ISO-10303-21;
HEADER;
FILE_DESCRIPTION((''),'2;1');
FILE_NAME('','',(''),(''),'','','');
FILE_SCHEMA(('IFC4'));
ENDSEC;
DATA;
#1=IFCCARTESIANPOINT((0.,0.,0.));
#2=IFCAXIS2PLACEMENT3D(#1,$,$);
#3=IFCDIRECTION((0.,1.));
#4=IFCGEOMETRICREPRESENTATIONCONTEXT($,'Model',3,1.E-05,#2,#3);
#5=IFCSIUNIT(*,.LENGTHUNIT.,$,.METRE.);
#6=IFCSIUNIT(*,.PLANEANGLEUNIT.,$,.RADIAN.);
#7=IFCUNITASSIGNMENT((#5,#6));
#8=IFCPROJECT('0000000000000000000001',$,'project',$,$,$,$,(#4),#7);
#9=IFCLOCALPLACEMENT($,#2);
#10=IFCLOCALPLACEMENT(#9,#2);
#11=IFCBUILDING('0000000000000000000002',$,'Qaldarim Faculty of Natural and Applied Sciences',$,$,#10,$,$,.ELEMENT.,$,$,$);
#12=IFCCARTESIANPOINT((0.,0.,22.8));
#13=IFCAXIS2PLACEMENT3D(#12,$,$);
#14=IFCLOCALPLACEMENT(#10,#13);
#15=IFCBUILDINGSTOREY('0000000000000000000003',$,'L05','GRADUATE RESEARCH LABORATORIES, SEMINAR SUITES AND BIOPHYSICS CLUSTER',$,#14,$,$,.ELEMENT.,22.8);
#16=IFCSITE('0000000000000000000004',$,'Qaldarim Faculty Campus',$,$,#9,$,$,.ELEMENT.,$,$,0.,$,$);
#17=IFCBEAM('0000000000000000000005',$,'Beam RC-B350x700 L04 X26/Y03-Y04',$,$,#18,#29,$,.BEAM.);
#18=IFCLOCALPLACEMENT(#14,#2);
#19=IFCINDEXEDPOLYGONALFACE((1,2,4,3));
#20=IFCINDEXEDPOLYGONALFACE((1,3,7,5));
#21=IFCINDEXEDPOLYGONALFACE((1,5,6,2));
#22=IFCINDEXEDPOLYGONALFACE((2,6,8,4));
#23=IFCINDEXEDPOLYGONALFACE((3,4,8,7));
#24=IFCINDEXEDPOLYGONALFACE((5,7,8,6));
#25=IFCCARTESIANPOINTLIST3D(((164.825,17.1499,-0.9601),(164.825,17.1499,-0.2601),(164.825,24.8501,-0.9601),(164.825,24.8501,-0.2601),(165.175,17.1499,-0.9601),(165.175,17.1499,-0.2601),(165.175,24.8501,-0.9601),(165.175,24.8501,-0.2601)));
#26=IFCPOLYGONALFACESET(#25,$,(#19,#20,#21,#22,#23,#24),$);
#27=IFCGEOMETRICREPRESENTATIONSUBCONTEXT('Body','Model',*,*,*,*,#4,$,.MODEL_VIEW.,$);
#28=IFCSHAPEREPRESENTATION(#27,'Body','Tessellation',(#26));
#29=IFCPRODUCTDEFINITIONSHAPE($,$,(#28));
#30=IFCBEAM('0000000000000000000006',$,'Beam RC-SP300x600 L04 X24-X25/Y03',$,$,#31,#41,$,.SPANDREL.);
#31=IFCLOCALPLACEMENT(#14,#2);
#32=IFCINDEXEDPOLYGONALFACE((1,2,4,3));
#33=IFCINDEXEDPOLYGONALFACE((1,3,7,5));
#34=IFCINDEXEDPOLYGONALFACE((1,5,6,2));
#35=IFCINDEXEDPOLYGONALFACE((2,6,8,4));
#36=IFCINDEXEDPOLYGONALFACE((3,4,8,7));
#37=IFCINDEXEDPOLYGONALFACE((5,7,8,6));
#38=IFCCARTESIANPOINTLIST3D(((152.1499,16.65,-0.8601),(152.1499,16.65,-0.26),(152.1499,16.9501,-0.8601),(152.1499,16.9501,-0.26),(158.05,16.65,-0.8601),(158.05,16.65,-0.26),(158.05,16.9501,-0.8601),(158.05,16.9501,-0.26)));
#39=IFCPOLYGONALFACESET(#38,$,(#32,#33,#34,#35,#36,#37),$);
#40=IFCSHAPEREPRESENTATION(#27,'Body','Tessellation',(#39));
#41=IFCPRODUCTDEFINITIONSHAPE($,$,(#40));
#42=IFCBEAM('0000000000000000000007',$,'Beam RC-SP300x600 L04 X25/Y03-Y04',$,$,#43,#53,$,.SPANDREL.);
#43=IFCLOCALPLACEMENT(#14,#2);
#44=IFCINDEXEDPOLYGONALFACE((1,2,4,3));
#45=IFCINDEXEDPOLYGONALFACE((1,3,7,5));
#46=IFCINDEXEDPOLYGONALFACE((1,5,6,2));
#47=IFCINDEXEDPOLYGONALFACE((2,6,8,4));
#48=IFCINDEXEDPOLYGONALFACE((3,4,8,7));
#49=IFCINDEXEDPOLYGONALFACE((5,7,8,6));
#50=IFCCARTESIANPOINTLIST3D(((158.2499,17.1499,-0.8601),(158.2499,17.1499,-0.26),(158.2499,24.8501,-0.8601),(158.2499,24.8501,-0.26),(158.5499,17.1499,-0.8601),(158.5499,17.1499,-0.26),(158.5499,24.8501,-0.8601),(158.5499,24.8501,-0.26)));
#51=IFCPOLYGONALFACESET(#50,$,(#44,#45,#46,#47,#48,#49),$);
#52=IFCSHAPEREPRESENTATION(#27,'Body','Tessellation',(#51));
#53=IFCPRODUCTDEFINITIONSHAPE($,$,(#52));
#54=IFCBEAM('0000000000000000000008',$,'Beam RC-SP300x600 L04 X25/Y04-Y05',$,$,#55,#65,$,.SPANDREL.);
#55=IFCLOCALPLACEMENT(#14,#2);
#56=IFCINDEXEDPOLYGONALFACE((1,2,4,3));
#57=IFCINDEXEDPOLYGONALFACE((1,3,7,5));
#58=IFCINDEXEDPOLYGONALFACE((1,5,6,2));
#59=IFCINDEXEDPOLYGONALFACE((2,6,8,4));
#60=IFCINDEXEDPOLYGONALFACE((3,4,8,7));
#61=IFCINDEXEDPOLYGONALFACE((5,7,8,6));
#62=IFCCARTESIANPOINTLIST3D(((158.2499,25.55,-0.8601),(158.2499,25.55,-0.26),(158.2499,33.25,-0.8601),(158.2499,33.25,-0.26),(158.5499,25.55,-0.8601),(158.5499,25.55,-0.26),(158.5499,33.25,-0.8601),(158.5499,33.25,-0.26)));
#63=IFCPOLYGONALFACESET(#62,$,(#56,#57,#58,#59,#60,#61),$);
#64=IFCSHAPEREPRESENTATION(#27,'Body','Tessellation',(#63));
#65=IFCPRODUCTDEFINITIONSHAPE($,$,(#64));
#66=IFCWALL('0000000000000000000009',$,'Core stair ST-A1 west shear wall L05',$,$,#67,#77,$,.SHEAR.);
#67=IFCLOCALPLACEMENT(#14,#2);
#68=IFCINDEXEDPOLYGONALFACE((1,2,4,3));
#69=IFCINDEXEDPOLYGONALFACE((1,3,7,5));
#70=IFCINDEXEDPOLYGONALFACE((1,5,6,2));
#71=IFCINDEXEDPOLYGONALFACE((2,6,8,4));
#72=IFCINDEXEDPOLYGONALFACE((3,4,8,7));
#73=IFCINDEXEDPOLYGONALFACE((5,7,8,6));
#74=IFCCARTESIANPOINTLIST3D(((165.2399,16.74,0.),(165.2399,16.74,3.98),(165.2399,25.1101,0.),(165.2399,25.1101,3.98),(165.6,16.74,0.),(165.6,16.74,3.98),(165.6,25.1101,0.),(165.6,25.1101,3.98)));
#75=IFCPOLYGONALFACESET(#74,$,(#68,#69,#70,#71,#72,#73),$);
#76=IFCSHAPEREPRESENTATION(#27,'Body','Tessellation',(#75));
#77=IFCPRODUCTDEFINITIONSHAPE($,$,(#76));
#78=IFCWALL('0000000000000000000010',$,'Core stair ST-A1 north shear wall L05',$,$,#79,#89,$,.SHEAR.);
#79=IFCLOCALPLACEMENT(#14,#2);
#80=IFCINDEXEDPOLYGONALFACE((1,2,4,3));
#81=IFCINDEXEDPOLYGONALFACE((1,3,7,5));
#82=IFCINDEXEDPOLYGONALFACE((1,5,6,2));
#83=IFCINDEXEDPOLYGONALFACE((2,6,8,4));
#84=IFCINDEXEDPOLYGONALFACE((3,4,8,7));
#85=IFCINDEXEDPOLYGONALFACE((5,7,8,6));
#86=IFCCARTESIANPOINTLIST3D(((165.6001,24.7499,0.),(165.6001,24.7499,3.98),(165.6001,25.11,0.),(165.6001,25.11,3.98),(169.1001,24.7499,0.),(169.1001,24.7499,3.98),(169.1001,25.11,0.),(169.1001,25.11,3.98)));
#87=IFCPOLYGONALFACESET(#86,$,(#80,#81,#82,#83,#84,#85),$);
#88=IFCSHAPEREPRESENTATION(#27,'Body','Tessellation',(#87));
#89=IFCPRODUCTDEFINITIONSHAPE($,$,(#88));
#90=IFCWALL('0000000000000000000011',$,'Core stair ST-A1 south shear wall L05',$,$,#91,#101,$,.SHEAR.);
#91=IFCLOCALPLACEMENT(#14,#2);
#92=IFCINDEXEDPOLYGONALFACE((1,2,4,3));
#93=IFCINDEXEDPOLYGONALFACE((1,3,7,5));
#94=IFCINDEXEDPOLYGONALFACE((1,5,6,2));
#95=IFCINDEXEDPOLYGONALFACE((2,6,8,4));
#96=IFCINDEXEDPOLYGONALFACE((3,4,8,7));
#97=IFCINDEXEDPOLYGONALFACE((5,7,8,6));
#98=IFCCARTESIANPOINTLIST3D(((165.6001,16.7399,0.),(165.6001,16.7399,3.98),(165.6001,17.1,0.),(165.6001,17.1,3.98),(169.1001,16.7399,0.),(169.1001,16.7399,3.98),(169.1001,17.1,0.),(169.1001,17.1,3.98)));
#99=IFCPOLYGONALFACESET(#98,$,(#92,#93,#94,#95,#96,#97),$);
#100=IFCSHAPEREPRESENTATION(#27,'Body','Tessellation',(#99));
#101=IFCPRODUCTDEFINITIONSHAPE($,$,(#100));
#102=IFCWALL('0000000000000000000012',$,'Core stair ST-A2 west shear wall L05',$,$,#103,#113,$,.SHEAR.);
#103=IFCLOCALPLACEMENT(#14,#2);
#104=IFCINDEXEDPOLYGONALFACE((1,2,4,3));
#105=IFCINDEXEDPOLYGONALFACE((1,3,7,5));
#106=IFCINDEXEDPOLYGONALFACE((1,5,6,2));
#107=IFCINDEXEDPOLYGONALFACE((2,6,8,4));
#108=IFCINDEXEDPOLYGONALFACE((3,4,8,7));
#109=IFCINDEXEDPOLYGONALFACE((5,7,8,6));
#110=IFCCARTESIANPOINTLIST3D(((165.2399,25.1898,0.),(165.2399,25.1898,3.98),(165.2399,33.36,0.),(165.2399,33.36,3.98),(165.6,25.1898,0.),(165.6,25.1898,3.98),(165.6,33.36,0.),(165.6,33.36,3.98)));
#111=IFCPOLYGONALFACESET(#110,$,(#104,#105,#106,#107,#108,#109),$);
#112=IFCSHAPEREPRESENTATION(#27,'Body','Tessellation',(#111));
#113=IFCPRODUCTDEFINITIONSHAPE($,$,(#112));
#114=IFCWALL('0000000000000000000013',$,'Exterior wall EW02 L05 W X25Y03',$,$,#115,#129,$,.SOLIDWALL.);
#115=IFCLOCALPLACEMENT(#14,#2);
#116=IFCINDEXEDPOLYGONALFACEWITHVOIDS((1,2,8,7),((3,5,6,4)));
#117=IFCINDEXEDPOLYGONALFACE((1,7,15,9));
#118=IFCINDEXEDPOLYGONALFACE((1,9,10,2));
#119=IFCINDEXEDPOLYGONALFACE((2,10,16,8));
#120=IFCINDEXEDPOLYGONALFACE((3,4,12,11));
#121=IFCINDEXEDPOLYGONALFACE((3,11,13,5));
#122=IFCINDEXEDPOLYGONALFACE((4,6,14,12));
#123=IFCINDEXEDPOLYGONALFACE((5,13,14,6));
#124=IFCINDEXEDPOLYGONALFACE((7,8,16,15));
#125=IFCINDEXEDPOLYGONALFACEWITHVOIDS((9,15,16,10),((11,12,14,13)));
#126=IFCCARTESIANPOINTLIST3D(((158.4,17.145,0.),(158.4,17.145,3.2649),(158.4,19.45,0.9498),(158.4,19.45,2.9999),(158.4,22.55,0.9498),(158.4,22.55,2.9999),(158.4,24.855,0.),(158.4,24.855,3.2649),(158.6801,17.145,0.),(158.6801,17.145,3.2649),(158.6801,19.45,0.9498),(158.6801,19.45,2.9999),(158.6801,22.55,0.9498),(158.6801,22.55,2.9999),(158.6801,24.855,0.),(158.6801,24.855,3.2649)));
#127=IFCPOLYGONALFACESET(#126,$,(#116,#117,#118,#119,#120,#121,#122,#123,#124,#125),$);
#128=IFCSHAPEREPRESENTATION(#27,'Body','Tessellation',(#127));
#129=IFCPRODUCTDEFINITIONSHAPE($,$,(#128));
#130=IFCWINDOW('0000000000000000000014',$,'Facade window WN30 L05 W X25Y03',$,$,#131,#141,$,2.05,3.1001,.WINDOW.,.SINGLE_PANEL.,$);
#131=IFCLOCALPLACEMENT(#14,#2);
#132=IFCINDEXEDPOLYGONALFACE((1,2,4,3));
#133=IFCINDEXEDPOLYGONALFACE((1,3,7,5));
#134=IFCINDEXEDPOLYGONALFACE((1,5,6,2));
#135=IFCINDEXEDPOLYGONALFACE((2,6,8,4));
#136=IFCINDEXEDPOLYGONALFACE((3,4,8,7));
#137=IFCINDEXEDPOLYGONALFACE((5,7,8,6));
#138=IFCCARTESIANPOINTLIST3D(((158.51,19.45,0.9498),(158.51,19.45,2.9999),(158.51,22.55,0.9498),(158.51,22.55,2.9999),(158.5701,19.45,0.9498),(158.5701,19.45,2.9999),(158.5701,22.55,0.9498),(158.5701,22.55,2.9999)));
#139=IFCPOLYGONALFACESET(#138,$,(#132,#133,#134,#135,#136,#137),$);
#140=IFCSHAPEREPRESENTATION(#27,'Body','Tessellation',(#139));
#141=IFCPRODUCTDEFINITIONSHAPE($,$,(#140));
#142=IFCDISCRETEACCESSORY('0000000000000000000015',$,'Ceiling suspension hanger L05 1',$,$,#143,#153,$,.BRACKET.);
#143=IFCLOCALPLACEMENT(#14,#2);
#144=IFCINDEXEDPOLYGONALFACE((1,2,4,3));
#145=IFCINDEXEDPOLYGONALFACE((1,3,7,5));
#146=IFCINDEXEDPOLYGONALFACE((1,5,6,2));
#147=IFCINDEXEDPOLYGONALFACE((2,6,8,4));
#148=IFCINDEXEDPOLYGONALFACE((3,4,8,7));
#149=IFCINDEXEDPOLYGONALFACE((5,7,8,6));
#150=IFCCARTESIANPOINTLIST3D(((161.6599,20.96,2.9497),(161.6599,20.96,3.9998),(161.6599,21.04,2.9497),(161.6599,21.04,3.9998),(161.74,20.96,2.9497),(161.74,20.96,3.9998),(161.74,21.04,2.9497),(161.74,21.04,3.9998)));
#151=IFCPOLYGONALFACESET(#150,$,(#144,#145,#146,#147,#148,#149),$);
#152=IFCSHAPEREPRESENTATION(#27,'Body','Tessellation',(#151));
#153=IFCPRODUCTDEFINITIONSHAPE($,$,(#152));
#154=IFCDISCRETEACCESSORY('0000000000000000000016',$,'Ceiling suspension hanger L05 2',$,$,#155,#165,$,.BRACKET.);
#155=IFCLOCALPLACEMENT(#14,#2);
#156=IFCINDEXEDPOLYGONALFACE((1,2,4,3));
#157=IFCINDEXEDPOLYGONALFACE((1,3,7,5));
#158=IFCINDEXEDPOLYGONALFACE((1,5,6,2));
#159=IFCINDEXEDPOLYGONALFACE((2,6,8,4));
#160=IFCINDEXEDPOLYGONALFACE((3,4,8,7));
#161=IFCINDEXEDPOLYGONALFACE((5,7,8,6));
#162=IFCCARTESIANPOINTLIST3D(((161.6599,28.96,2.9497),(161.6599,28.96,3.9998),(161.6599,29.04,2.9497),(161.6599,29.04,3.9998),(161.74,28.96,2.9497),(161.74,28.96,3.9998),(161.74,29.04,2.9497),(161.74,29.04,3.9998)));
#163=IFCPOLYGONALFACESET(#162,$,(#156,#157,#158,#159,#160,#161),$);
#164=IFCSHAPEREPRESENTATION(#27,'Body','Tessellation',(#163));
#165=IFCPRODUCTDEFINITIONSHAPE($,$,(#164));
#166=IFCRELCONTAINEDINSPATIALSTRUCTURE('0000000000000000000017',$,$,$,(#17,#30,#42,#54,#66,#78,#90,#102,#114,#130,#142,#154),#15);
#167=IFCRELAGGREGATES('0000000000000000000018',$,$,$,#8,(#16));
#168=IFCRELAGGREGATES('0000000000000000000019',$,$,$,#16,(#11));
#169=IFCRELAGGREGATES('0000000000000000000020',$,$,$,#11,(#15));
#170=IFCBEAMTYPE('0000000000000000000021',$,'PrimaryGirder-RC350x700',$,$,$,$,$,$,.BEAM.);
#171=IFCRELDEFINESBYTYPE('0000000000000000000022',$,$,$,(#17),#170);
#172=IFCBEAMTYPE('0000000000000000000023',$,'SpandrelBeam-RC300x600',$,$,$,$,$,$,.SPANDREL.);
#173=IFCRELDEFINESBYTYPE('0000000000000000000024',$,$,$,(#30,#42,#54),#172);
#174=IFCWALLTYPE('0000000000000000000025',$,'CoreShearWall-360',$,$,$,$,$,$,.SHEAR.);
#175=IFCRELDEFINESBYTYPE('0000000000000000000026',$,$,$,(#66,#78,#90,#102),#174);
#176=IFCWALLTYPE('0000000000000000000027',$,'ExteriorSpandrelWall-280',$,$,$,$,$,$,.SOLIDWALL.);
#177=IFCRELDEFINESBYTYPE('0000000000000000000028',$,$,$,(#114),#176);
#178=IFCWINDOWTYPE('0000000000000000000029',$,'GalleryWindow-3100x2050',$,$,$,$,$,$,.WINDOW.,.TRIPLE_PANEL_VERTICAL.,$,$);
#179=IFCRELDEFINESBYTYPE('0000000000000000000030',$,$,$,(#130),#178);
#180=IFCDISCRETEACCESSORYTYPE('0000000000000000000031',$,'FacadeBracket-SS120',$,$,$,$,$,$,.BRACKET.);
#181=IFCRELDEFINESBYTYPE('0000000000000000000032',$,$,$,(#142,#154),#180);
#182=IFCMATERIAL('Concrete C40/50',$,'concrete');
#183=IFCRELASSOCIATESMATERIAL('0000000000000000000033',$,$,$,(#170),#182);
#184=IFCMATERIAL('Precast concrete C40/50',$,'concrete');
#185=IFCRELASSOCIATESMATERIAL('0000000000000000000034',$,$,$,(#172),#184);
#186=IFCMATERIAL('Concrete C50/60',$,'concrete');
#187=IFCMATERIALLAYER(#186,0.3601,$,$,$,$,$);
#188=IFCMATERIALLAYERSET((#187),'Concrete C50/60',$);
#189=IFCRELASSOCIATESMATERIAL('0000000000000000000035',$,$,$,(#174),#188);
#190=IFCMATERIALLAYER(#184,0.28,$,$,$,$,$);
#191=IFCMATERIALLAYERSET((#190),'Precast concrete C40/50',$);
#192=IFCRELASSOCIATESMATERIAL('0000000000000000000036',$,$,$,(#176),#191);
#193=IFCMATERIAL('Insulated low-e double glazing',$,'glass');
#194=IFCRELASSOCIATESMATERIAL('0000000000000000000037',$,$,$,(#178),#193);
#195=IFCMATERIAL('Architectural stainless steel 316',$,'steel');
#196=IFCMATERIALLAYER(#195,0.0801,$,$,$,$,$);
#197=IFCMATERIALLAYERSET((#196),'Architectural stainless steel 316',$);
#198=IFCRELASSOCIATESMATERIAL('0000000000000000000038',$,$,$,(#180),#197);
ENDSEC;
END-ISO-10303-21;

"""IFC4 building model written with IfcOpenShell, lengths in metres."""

from ifc_helpers import new_model, si_unit, direction, frame, frame_2d, origin, origin_2d, place, context, subcontext, project, spatial, rectangle, extrude, material, layer, layer_set, material_profile, profile_set, type_object, element, fill, save


model = new_model("IFC4")

# Units and contexts
model_context = context("Model", 3, precision=1e-05, world=origin(), true_north=direction((0.0, 1.0)))
body_context = subcontext(model_context, "Body", "Model", "MODEL_VIEW")
ifc_project = project(units=[si_unit("LENGTHUNIT", "METRE"), si_unit("PLANEANGLEUNIT", "RADIAN")], contexts=[model_context])

# Site, building, storey
site_placement = place(None, origin())
site = spatial("IfcSite", under=ifc_project, at=site_placement, Name="Qaldarim Faculty Campus", CompositionType="ELEMENT", RefElevation=0.0)
building_placement = place(site_placement, origin())
building = spatial("IfcBuilding", under=site, at=building_placement, Name="Qaldarim Faculty of Natural and Applied Sciences", CompositionType="ELEMENT")
storey_placement = place(building_placement, frame((0.0, 0.0, 22.8)))
storey = spatial("IfcBuildingStorey", under=building, at=storey_placement, Name="L05", Description="GRADUATE RESEARCH LABORATORIES, SEMINAR SUITES AND BIOPHYSICS CLUSTER", CompositionType="ELEMENT", Elevation=22.8)

# Shared definitions
ifc_material_1 = material(Name="Concrete C50/60", Category="concrete")

# Beams
ifc_material_2 = material(Name="Concrete C40/50", Category="concrete")
ifc_material_profile_1 = material_profile(ifc_material_2, rectangle(XDim=0.3501, YDim=0.7, at=origin_2d()), Name="RC-B350x700")
ifc_profile_set_1 = profile_set([ifc_material_profile_1], Name="Concrete C40/50")
beam_type_1 = type_object("IfcBeamType", Name="PrimaryGirder-RC350x700", PredefinedType="BEAM", material=ifc_profile_set_1)
beam_1_placement = place(storey_placement, frame((165.0, 17.1499, -0.6101), z_axis=(0.0, 1.0, 0.0), x_axis=(-1.0, 0.0, 0.0)))
element("IfcBeam", 1, at=beam_1_placement, inside=storey, type_object=beam_type_1, Name="Beam RC-B350x700 L04 X26/Y03-Y04", PredefinedType="BEAM", context=body_context, shape_type="SweptSolid", body=[
    extrude(rectangle(XDim=0.3501, YDim=0.7, at=origin_2d()), origin(), (0.0, 0.0, 1.0), 7.7002),
])
ifc_material_3 = material(Name="Precast concrete C40/50", Category="concrete")
ifc_material_profile_2 = material_profile(ifc_material_3, rectangle(XDim=0.3, YDim=0.6001, at=origin_2d()), Name="RC-SP300x600")
ifc_profile_set_2 = profile_set([ifc_material_profile_2], Name="Precast concrete C40/50")
beam_type_2 = type_object("IfcBeamType", Name="SpandrelBeam-RC300x600", PredefinedType="SPANDREL", material=ifc_profile_set_2)
beam_2_placement = place(storey_placement, frame((152.1499, 16.8, -0.5601), z_axis=(1.0, 0.0, 0.0), x_axis=(0.0, 1.0, 0.0)))
element("IfcBeam", 2, at=beam_2_placement, inside=storey, type_object=beam_type_2, Name="Beam RC-SP300x600 L04 X24-X25/Y03", PredefinedType="SPANDREL", context=body_context, shape_type="SweptSolid", body=[
    extrude(rectangle(XDim=0.3, YDim=0.6001, at=origin_2d()), origin(), (0.0, 0.0, 1.0), 5.9001),
])
beam_3_placement = place(storey_placement, frame((158.3999, 17.1499, -0.5601), z_axis=(0.0, 1.0, 0.0), x_axis=(-1.0, 0.0, 0.0)))
element("IfcBeam", 3, at=beam_3_placement, inside=storey, type_object=beam_type_2, Name="Beam RC-SP300x600 L04 X25/Y03-Y04", PredefinedType="SPANDREL", context=body_context, shape_type="SweptSolid", body=[
    extrude(rectangle(XDim=0.3, YDim=0.6001, at=origin_2d()), origin(), (0.0, 0.0, 1.0), 7.7002),
])
beam_4_placement = place(storey_placement, frame((158.3999, 25.55, -0.5601), z_axis=(0.0, 1.0, 0.0), x_axis=(-1.0, 0.0, 0.0)))
element("IfcBeam", 4, at=beam_4_placement, inside=storey, type_object=beam_type_2, Name="Beam RC-SP300x600 L04 X25/Y04-Y05", PredefinedType="SPANDREL", context=body_context, shape_type="SweptSolid", body=[
    extrude(rectangle(XDim=0.3, YDim=0.6001, at=origin_2d()), origin(), (0.0, 0.0, 1.0), 7.7),
])

# Walls
ifc_layer_1 = layer(ifc_material_1, 0.3601)
ifc_layer_set_1 = layer_set([ifc_layer_1], Name="Concrete C50/60")
wall_type_1 = type_object("IfcWallType", Name="CoreShearWall-360", PredefinedType="SHEAR", material=ifc_layer_set_1)
wall_1_placement = place(storey_placement, frame((165.4199, 16.74, 0.0), z_axis=(0.0, 0.0, 1.0), x_axis=(0.0, 1.0, 0.0)))
element("IfcWall", 5, at=wall_1_placement, inside=storey, type_object=wall_type_1, Name="Core stair ST-A1 west shear wall L05", PredefinedType="SHEAR", context=body_context, shape_type="SweptSolid", body=[
    extrude(rectangle(XDim=8.3701, YDim=0.3601, at=frame_2d((4.1851, 0.0))), origin(), (0.0, 0.0, 1.0), 3.98),
])
for number, where, z_axis, x_axis, name in (
    (6, (165.6001, 24.9299, 0.0), (0.0, 0.0, 1.0), (1.0, 0.0, 0.0), "Core stair ST-A1 north shear wall L05"),
    (7, (165.6001, 16.9199, 0.0), (0.0, 0.0, 1.0), (1.0, 0.0, 0.0), "Core stair ST-A1 south shear wall L05"),
):
    element("IfcWall", number, at=place(storey_placement, frame(where, z_axis=z_axis, x_axis=x_axis)), inside=storey, type_object=wall_type_1, Name=name, PredefinedType="SHEAR", context=body_context, shape_type="SweptSolid", body=[
        extrude(rectangle(XDim=3.5, YDim=0.3601, at=frame_2d((1.75, 0.0))), origin(), (0.0, 0.0, 1.0), 3.98),
    ])
wall_2_placement = place(storey_placement, frame((165.4199, 25.1899, 0.0), z_axis=(0.0, 0.0, 1.0), x_axis=(0.0, 1.0, 0.0)))
element("IfcWall", 8, at=wall_2_placement, inside=storey, type_object=wall_type_1, Name="Core stair ST-A2 west shear wall L05", PredefinedType="SHEAR", context=body_context, shape_type="SweptSolid", body=[
    extrude(rectangle(XDim=8.1702, YDim=0.3601, at=frame_2d((4.085, 0.0))), origin(), (0.0, 0.0, 1.0), 3.98),
])

# Wall, opening, window
ifc_layer_2 = layer(ifc_material_3, 0.28)
ifc_layer_set_2 = layer_set([ifc_layer_2], Name="Precast concrete C40/50")
wall_type_2 = type_object("IfcWallType", Name="ExteriorSpandrelWall-280", PredefinedType="SOLIDWALL", material=ifc_layer_set_2)
wall_3_placement = place(storey_placement, frame((158.54, 24.855, 0.0), z_axis=(0.0, 0.0, 1.0), x_axis=(0.0, -1.0, 0.0)))
wall_3 = element("IfcWall", 9, at=wall_3_placement, inside=storey, type_object=wall_type_2, Name="Exterior wall EW02 L05 W X25Y03", PredefinedType="SOLIDWALL", context=body_context, shape_type="SweptSolid", body=[
    extrude(rectangle(XDim=7.71, YDim=0.28, at=frame_2d((3.855, 0.0))), origin(), (0.0, 0.0, 1.0), 3.2649),
])
opening_placement = place(wall_3_placement, frame((2.3049, 0.0, 0.95)))
opening = element("IfcOpeningElement", 10, at=opening_placement, cuts=wall_3, PredefinedType="OPENING", context=body_context, shape_type="SweptSolid", body=[
    extrude(rectangle(XDim=3.1001, YDim=2.05, at=frame_2d((1.55, 1.0249))), frame((0.0, 0.1499, 0.0), z_axis=(0.0, -1.0, 0.0), x_axis=(1.0, 0.0, 0.0)), (0.0, 0.0, 1.0), 0.3),
])
ifc_material_4 = material(Name="Insulated low-e double glazing", Category="glass")
window_type = type_object("IfcWindowType", Name="GalleryWindow-3100x2050", PartitioningType="TRIPLE_PANEL_VERTICAL", PredefinedType="WINDOW", material=ifc_material_4)
window_placement = place(opening_placement, origin())
window = element("IfcWindow", 11, at=window_placement, inside=storey, type_object=window_type, Name="Facade window WN30 L05 W X25Y03", OverallHeight=2.05, OverallWidth=3.1001, PartitioningType="SINGLE_PANEL", PredefinedType="WINDOW", context=body_context, shape_type="SweptSolid", body=[
    extrude(rectangle(XDim=3.1001, YDim=2.05, at=frame_2d((1.55, 1.0249))), frame((0.0, 0.03, 0.0), z_axis=(0.0, -1.0, 0.0), x_axis=(1.0, 0.0, 0.0)), (0.0, 0.0, 1.0), 0.0601),
])
fill(opening, window)

# Discrete accessories
ifc_material_5 = material(Name="Architectural stainless steel 316", Category="steel")
ifc_layer_3 = layer(ifc_material_5, 0.0801)
ifc_layer_set_3 = layer_set([ifc_layer_3], Name="Architectural stainless steel 316")
discrete_accessory_type = type_object("IfcDiscreteAccessoryType", Name="FacadeBracket-SS120", PredefinedType="BRACKET", material=ifc_layer_set_3)
for number, where, z_axis, x_axis, name in (
    (12, (161.7, 21.0, 2.9497), (0.0, 0.0, 1.0), (1.0, 0.0, 0.0), "Ceiling suspension hanger L05 1"),
    (13, (161.7, 29.0, 2.9497), (0.0, 0.0, 1.0), (1.0, 0.0, 0.0), "Ceiling suspension hanger L05 2"),
):
    element("IfcDiscreteAccessory", number, at=place(storey_placement, frame(where, z_axis=z_axis, x_axis=x_axis)), inside=storey, type_object=discrete_accessory_type, Name=name, PredefinedType="BRACKET", context=body_context, shape_type="SweptSolid", body=[
        extrude(rectangle(XDim=0.0801, YDim=0.0801, at=origin_2d()), origin(), (0.0, 0.0, 1.0), 1.05),
    ])

save(model, "model.ifc")
